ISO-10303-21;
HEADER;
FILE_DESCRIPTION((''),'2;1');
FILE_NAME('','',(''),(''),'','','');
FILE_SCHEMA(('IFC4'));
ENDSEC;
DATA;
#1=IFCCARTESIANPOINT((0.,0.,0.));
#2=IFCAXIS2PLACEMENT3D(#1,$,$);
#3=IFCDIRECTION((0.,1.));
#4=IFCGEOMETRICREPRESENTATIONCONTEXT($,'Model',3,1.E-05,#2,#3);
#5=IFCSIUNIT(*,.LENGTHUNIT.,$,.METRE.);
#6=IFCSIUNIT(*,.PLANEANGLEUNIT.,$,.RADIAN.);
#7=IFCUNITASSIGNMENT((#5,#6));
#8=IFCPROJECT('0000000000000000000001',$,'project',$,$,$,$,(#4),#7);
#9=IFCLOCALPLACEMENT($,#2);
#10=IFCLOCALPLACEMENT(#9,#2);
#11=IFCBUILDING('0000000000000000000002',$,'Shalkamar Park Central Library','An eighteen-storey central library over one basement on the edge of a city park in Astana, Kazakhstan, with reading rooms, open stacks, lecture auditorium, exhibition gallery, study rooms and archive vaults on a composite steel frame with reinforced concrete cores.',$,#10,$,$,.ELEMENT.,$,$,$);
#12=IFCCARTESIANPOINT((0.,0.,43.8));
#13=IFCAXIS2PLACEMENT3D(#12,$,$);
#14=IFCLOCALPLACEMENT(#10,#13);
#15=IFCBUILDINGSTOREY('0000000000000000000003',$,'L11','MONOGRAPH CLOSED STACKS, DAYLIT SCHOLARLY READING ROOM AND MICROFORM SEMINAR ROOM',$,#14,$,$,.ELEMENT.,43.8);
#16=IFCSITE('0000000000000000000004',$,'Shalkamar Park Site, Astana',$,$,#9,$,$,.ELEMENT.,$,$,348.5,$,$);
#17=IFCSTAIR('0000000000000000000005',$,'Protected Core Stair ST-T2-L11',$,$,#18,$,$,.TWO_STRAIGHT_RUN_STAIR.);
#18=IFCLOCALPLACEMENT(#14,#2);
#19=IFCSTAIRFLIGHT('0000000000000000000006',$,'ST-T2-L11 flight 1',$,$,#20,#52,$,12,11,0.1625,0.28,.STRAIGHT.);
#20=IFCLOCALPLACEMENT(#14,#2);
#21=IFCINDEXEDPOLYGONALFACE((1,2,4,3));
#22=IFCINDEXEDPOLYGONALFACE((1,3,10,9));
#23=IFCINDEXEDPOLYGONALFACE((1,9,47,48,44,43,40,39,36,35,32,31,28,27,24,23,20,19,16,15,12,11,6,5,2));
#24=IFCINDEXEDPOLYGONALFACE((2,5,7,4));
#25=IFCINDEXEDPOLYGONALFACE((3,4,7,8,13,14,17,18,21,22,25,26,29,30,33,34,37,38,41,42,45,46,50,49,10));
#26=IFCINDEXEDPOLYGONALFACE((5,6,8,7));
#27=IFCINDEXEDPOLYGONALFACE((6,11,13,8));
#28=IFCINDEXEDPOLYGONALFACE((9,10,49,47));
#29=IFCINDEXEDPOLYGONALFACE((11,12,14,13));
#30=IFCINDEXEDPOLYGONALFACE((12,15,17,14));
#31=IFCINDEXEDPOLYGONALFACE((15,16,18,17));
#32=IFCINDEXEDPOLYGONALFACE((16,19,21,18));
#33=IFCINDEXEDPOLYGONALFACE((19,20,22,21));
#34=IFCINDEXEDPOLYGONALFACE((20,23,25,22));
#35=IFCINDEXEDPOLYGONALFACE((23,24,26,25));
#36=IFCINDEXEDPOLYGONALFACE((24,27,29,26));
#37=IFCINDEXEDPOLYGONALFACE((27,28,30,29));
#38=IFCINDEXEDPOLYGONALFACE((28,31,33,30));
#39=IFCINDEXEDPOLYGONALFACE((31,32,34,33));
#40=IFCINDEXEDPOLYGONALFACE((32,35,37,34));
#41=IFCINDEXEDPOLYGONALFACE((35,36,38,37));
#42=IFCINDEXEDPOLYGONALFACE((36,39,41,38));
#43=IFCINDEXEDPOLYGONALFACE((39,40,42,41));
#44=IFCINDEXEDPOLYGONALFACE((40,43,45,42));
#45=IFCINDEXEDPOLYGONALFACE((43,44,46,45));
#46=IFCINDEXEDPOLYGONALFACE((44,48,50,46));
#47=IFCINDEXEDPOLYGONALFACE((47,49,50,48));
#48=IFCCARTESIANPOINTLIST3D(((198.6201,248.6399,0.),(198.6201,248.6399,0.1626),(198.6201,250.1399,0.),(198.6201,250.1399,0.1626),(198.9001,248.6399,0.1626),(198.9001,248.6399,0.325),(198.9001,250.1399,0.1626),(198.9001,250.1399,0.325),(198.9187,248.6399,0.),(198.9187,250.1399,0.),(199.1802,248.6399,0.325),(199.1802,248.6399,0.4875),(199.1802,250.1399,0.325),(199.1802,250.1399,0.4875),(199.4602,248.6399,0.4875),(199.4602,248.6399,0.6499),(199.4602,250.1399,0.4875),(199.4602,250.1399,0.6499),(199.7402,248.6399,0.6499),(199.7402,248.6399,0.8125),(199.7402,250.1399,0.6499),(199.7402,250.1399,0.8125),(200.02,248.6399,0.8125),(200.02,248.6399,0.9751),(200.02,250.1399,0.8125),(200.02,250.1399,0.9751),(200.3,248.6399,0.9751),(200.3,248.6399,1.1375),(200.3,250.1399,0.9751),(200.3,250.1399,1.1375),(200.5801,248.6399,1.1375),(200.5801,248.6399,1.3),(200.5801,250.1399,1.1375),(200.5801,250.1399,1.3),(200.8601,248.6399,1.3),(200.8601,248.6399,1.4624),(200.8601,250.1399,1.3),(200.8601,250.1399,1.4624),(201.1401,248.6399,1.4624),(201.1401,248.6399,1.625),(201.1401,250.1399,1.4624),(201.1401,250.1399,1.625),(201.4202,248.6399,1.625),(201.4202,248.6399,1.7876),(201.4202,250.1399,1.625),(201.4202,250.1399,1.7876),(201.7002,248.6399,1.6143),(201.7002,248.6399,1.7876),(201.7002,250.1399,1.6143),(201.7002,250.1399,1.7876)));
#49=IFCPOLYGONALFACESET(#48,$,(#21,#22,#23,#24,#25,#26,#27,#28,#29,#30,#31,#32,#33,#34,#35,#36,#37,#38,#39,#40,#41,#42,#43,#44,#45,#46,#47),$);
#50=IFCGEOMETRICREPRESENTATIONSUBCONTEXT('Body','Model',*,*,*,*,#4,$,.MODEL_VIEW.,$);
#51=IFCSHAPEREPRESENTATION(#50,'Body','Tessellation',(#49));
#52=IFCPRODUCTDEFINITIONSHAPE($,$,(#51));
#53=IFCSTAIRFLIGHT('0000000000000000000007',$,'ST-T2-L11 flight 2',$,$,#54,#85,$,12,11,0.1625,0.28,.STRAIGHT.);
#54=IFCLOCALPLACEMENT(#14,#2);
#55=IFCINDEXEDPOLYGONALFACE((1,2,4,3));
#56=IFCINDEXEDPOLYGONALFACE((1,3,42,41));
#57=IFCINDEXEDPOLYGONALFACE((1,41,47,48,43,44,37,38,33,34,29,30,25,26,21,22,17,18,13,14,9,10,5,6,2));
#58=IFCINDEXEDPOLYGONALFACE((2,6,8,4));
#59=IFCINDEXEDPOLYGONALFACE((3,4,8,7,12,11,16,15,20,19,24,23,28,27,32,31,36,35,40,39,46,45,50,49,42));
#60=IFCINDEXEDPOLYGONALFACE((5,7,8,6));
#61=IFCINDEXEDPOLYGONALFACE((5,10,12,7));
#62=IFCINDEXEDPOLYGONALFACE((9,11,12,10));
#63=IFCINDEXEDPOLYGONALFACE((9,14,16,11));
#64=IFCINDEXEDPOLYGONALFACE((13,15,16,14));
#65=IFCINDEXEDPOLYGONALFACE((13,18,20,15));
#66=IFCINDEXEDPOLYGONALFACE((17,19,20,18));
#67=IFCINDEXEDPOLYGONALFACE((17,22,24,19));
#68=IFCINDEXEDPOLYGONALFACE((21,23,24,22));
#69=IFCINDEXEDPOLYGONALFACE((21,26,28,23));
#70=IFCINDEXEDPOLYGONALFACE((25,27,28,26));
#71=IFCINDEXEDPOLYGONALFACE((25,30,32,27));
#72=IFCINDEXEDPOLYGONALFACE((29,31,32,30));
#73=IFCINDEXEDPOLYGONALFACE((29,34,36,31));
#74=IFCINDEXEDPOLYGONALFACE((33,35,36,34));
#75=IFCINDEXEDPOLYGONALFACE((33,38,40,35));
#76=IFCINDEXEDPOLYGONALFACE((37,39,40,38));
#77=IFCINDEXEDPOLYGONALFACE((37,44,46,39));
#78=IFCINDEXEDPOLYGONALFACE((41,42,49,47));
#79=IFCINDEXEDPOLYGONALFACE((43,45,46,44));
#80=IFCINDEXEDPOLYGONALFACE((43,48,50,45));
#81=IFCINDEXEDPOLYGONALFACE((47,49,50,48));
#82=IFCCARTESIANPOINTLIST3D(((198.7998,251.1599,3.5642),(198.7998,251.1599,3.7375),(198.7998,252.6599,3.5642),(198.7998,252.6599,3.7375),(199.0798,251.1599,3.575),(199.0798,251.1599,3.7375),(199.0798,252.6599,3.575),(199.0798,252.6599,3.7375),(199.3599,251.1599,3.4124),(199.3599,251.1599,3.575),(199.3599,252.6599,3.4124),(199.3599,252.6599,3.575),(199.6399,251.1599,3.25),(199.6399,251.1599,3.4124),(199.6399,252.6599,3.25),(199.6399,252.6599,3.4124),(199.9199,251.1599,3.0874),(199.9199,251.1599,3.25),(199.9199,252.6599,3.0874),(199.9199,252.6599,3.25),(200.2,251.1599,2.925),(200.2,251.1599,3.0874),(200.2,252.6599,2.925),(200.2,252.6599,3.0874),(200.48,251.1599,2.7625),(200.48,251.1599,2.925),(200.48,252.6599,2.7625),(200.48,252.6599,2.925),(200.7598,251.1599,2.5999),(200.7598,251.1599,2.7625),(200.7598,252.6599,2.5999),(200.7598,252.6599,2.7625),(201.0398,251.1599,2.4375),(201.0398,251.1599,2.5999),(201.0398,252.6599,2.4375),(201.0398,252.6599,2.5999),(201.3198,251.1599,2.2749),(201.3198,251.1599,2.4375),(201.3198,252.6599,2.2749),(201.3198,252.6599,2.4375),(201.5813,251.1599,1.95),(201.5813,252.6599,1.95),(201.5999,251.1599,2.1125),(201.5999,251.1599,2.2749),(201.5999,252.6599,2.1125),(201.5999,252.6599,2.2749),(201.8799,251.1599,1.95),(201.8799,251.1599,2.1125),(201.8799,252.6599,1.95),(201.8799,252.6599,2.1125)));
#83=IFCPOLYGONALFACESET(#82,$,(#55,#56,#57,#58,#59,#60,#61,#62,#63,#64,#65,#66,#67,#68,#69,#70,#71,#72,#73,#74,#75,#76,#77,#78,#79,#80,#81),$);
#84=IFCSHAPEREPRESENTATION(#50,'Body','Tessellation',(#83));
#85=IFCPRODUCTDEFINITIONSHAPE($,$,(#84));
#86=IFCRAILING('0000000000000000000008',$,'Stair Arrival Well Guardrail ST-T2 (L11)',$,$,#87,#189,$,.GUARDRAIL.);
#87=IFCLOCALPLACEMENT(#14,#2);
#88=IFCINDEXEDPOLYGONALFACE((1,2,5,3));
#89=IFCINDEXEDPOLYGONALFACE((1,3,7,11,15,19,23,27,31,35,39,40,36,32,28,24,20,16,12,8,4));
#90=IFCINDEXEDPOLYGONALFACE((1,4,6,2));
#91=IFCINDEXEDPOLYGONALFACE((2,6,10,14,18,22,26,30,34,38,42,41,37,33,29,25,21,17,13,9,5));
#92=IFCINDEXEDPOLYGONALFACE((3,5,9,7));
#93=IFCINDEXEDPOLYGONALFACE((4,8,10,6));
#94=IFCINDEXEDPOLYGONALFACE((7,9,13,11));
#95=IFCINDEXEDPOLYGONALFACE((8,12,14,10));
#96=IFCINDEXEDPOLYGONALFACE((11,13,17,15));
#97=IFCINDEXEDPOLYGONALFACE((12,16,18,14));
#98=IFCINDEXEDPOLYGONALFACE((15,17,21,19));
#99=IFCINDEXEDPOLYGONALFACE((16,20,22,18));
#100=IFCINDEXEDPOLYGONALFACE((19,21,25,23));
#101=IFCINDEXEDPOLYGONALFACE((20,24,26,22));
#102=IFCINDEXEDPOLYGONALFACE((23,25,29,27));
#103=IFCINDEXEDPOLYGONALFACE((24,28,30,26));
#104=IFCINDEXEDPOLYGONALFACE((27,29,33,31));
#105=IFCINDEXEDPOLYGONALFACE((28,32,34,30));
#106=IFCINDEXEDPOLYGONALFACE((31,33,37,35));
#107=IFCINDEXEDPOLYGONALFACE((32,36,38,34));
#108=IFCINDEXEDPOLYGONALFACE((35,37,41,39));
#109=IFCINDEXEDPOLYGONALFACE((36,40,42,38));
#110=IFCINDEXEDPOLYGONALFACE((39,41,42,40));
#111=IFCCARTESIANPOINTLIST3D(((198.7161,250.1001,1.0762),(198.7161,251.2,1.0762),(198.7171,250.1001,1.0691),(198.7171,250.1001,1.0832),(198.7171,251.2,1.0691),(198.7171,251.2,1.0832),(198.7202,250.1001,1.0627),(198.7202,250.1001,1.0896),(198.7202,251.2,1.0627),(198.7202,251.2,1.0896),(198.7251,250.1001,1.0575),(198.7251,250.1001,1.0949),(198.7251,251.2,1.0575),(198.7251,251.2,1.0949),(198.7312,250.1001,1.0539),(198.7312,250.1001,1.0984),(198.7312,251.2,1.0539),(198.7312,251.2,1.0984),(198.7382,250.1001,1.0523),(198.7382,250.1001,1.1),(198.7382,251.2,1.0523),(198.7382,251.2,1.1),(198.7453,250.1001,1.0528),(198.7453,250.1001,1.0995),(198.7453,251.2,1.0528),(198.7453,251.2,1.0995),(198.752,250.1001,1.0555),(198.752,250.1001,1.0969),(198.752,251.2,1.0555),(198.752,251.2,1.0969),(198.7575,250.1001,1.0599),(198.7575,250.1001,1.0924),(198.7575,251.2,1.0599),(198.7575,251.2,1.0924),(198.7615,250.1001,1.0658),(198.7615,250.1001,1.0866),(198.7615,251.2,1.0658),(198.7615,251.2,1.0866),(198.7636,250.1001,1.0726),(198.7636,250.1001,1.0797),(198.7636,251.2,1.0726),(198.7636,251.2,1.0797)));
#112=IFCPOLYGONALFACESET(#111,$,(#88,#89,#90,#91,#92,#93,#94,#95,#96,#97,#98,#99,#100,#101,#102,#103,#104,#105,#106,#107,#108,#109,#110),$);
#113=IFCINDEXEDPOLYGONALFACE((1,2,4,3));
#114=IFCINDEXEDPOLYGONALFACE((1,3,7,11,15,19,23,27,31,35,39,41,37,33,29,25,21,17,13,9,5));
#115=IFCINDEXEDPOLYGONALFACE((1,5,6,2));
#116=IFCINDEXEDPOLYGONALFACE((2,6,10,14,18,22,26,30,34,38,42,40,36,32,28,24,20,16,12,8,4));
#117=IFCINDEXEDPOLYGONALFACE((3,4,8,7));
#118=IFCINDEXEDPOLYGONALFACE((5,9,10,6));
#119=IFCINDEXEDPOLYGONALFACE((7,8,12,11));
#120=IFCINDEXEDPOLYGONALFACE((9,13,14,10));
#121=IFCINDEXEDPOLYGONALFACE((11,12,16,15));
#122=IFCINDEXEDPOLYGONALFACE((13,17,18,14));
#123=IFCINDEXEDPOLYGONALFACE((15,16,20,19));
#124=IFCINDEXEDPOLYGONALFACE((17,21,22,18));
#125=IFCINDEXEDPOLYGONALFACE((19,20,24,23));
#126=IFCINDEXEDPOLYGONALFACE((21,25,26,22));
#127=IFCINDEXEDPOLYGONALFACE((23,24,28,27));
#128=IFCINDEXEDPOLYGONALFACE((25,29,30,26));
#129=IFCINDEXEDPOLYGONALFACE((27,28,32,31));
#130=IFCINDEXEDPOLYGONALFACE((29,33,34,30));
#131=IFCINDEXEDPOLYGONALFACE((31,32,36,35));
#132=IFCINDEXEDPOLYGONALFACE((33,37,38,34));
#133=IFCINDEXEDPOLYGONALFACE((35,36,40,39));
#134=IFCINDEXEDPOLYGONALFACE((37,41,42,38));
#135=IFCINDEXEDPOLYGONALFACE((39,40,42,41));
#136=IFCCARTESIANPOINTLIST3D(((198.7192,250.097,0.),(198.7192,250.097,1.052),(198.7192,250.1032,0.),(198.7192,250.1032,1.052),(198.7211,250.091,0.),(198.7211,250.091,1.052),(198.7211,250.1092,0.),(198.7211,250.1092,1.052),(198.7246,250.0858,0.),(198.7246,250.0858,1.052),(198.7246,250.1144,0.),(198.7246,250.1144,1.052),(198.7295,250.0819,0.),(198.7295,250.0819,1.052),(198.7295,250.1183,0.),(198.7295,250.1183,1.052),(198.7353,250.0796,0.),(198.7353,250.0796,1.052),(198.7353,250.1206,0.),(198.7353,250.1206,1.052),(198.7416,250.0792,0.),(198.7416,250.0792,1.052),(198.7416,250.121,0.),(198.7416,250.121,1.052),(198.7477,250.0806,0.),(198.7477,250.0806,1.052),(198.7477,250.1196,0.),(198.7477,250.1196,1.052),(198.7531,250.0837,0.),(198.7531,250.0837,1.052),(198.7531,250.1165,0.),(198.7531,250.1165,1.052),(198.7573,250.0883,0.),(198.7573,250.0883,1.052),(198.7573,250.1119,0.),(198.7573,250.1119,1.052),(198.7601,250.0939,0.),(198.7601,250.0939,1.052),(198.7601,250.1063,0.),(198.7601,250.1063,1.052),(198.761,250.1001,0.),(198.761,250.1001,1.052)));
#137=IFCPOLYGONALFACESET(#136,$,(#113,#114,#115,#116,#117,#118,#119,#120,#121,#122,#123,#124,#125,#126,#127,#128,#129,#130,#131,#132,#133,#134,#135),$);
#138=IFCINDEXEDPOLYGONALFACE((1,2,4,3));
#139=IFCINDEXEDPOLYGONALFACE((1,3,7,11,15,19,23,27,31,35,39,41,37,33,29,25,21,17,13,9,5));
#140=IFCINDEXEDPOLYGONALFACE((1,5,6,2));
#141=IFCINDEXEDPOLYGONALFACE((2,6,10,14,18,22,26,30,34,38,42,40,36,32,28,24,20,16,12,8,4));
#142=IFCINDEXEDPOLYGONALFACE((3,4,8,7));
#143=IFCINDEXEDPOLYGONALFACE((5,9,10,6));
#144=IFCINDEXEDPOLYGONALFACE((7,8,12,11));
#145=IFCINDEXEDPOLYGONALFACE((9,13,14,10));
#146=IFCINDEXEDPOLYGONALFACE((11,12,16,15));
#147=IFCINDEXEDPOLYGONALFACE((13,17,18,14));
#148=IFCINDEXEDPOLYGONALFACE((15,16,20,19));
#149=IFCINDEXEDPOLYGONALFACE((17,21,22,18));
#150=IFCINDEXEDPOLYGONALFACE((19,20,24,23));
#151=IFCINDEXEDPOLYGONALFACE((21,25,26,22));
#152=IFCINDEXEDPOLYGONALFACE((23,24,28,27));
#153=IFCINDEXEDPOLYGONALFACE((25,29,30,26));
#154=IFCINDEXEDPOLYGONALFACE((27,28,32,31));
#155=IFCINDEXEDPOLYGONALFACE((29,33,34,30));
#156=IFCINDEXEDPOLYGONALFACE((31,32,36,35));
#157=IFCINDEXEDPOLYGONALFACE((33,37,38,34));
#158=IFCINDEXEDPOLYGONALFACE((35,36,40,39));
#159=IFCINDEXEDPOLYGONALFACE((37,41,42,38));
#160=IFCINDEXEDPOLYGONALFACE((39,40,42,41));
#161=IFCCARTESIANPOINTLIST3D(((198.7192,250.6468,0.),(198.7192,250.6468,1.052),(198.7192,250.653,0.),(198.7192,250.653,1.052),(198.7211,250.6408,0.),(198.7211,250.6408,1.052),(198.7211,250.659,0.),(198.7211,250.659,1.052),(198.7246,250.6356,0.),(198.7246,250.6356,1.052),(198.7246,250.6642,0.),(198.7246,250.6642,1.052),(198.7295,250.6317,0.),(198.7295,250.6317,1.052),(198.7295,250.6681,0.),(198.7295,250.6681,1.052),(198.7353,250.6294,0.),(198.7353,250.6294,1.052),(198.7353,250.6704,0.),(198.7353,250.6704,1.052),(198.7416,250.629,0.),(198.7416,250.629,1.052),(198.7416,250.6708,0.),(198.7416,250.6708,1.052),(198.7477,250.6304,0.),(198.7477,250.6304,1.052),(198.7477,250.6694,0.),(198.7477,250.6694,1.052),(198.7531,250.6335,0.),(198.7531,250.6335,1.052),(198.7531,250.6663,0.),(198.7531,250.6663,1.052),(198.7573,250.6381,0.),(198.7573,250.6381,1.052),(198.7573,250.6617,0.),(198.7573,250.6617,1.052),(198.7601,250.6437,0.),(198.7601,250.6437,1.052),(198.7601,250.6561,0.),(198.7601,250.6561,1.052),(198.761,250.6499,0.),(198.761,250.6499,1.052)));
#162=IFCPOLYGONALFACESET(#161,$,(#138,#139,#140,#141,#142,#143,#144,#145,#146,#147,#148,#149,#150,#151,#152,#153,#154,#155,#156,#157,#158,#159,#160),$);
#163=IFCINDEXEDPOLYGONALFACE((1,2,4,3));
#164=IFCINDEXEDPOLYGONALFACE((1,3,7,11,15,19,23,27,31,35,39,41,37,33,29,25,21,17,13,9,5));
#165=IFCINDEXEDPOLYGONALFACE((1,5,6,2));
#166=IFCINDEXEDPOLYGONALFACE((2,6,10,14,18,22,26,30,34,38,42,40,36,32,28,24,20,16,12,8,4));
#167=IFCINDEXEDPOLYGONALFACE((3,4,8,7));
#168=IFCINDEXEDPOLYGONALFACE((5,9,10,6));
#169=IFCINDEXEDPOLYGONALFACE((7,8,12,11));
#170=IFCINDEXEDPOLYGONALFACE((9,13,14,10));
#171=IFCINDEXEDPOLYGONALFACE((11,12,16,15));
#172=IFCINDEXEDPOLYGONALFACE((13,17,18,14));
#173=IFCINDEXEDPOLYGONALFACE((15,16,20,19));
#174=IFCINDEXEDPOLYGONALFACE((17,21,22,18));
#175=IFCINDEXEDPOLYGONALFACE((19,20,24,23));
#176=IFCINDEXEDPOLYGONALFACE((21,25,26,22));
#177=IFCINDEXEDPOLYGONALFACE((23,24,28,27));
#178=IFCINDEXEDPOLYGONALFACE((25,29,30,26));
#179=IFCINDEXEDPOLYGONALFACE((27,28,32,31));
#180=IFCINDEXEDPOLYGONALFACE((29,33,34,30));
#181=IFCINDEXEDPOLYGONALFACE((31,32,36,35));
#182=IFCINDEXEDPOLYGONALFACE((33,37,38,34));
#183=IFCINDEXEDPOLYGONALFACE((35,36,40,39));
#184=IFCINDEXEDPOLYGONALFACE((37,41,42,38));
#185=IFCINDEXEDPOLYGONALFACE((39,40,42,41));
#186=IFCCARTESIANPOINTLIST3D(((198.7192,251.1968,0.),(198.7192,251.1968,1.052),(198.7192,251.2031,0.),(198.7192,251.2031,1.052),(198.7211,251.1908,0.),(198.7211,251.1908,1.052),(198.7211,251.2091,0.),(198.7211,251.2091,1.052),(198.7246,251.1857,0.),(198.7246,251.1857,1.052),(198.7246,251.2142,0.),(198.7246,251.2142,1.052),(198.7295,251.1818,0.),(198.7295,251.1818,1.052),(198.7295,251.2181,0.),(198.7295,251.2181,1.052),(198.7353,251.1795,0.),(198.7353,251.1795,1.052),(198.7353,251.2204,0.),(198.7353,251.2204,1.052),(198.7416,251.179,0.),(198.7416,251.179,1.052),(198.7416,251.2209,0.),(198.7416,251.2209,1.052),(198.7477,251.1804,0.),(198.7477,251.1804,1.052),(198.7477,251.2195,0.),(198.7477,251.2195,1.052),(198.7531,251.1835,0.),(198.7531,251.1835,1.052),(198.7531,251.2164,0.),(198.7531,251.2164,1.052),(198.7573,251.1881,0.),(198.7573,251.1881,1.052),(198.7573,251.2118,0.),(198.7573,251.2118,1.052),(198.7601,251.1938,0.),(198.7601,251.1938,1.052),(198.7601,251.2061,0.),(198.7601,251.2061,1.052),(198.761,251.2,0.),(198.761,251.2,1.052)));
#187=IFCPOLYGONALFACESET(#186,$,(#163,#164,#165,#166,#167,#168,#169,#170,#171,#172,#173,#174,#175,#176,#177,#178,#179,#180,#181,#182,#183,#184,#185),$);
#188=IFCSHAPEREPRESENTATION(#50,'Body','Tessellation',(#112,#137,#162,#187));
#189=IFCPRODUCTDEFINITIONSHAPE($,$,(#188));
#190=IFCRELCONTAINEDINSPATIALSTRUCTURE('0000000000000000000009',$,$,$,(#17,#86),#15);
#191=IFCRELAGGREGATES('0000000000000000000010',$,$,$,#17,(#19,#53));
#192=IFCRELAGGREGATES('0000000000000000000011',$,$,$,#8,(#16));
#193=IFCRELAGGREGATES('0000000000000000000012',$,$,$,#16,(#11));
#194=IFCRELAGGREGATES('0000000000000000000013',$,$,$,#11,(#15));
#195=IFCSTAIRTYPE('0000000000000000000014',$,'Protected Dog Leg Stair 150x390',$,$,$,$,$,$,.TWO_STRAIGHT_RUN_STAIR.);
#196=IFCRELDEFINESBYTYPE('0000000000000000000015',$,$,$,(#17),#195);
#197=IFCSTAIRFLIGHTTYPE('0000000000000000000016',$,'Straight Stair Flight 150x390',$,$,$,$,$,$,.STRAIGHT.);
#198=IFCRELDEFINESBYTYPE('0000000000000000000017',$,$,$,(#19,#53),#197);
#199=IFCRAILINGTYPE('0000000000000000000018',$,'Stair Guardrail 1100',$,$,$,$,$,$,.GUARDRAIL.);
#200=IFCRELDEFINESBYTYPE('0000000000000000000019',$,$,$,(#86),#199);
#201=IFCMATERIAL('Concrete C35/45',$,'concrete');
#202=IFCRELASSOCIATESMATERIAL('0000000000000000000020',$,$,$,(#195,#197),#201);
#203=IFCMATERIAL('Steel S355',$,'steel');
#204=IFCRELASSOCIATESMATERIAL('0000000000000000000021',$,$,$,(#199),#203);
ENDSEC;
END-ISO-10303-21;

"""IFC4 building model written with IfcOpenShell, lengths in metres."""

from ifc_helpers import new_model, si_unit, direction, frame, origin, origin_2d, place, context, subcontext, project, spatial, polyline, circle, outline, extrude, material, type_object, element, aggregate, save


model = new_model("IFC4")

# Units and contexts
model_context = context("Model", 3, precision=1e-05, world=origin(), true_north=direction((0.0, 1.0)))
body_context = subcontext(model_context, "Body", "Model", "MODEL_VIEW")
ifc_project = project(units=[si_unit("LENGTHUNIT", "METRE"), si_unit("PLANEANGLEUNIT", "RADIAN")], contexts=[model_context])

# Site, building, storey
site_placement = place(None, origin())
site = spatial("IfcSite", under=ifc_project, at=site_placement, Name="Shalkamar Park Site, Astana", CompositionType="ELEMENT", RefElevation=348.5)
building_placement = place(site_placement, origin())
building = spatial("IfcBuilding", under=site, at=building_placement, Name="Shalkamar Park Central Library", Description="An eighteen-storey central library over one basement on the edge of a city park in Astana, Kazakhstan, with reading rooms, open stacks, lecture auditorium, exhibition gallery, study rooms and archive vaults on a composite steel frame with reinforced concrete cores.", CompositionType="ELEMENT")
storey_placement = place(building_placement, frame((0.0, 0.0, 43.8)))
storey = spatial("IfcBuildingStorey", under=building, at=storey_placement, Name="L11", Description="MONOGRAPH CLOSED STACKS, DAYLIT SCHOLARLY READING ROOM AND MICROFORM SEMINAR ROOM", CompositionType="ELEMENT", Elevation=43.8)

# Shared definitions
ifc_material_1 = material(Name="Steel S355", Category="steel")

# Stair, stair flights
ifc_material_2 = material(Name="Concrete C35/45", Category="concrete")
stair_type = type_object("IfcStairType", Name="Protected Dog Leg Stair 150x390", PredefinedType="TWO_STRAIGHT_RUN_STAIR", material=ifc_material_2)
stair_placement = place(storey_placement, origin())
stair = element("IfcStair", 1, at=stair_placement, inside=storey, type_object=stair_type, Name="Protected Core Stair ST-T2-L11", PredefinedType="TWO_STRAIGHT_RUN_STAIR")
stair_flight_type = type_object("IfcStairFlightType", Name="Straight Stair Flight 150x390", PredefinedType="STRAIGHT", material=ifc_material_2)
stair_flight_1_placement = place(storey_placement, frame((198.6201, 249.3899, 0.0), z_axis=(0.0, 0.0, 1.0), x_axis=(1.0, 0.0, 0.0)))
stair_flight_1 = element("IfcStairFlight", 2, at=stair_flight_1_placement, type_object=stair_flight_type, Name="ST-T2-L11 flight 1", NumberOfRisers=12, NumberOfTreads=11, PredefinedType="STRAIGHT", RiserHeight=0.1625, TreadLength=0.28, context=body_context, shape_type="SweptSolid", body=[
    extrude(outline(polyline([(0.0, 0.0), (0.0, 0.1626), (0.28, 0.1626), (0.28, 0.325), (0.5601, 0.325), (0.5601, 0.4875), (0.8401, 0.4875), (0.8401, 0.6499), (1.1201, 0.6499), (1.1201, 0.8125), (1.3999, 0.8125), (1.3999, 0.9751), (1.6799, 0.9751), (1.6799, 1.1375), (1.96, 1.1375), (1.96, 1.3), (2.24, 1.3), (2.24, 1.4624), (2.52, 1.4624), (2.52, 1.625), (2.8, 1.625), (2.8, 1.7876), (3.0801, 1.7876), (3.0801, 1.95), (3.0801, 1.6143), (0.2986, 0.0), (0.0, 0.0)])), frame((0.0, 0.75, 0.0), z_axis=(0.0, -1.0, 0.0), x_axis=(1.0, 0.0, 0.0)), (0.0, 0.0, 1.0), 1.5),
])
stair_flight_2_placement = place(storey_placement, frame((201.8799, 251.9099, 1.95), z_axis=(0.0, 0.0, 1.0), x_axis=(-1.0, 0.0, 0.0)))
stair_flight_2 = element("IfcStairFlight", 3, at=stair_flight_2_placement, type_object=stair_flight_type, Name="ST-T2-L11 flight 2", NumberOfRisers=12, NumberOfTreads=11, PredefinedType="STRAIGHT", RiserHeight=0.1625, TreadLength=0.28, context=body_context, shape_type="SweptSolid", body=[
    extrude(outline(polyline([(0.0, 0.0), (0.0, 0.1626), (0.28, 0.1626), (0.28, 0.325), (0.5601, 0.325), (0.5601, 0.4875), (0.8401, 0.4875), (0.8401, 0.6499), (1.1201, 0.6499), (1.1201, 0.8125), (1.3999, 0.8125), (1.3999, 0.9751), (1.6799, 0.9751), (1.6799, 1.1375), (1.96, 1.1375), (1.96, 1.3), (2.24, 1.3), (2.24, 1.4624), (2.52, 1.4624), (2.52, 1.625), (2.8, 1.625), (2.8, 1.7876), (3.0801, 1.7876), (3.0801, 1.95), (3.0801, 1.6143), (0.2986, 0.0), (0.0, 0.0)])), frame((0.0, 0.75, 0.0), z_axis=(0.0, -1.0, 0.0), x_axis=(1.0, 0.0, 0.0)), (0.0, 0.0, 1.0), 1.5),
])
aggregate(stair, [stair_flight_1, stair_flight_2])

# Railing
railing_type_1 = type_object("IfcRailingType", Name="Stair Guardrail 1100", PredefinedType="GUARDRAIL", material=ifc_material_1)
railing_1_placement = place(storey_placement, frame((198.74, 250.1001, 0.0)))
element("IfcRailing", 4, at=railing_1_placement, inside=storey, type_object=railing_type_1, Name="Stair Arrival Well Guardrail ST-T2 (L11)", PredefinedType="GUARDRAIL", context=body_context, shape_type="SweptSolid", body=[
    extrude(circle(Radius=0.0239, at=origin_2d()), frame((0.0, 0.0, 1.0762), z_axis=(0.0, 1.0, 0.0), x_axis=(-1.0, 0.0, 0.0)), (0.0, 0.0, 1.0), 1.0999),
    extrude(circle(Radius=0.021, at=origin_2d()), origin(), (0.0, 0.0, 1.0), 1.052),
    extrude(circle(Radius=0.021, at=origin_2d()), frame((0.0, 0.5498, 0.0)), (0.0, 0.0, 1.0), 1.052),
    extrude(circle(Radius=0.021, at=origin_2d()), frame((0.0, 1.0999, 0.0)), (0.0, 0.0, 1.0), 1.052),
])

save(model, "model.ifc")
